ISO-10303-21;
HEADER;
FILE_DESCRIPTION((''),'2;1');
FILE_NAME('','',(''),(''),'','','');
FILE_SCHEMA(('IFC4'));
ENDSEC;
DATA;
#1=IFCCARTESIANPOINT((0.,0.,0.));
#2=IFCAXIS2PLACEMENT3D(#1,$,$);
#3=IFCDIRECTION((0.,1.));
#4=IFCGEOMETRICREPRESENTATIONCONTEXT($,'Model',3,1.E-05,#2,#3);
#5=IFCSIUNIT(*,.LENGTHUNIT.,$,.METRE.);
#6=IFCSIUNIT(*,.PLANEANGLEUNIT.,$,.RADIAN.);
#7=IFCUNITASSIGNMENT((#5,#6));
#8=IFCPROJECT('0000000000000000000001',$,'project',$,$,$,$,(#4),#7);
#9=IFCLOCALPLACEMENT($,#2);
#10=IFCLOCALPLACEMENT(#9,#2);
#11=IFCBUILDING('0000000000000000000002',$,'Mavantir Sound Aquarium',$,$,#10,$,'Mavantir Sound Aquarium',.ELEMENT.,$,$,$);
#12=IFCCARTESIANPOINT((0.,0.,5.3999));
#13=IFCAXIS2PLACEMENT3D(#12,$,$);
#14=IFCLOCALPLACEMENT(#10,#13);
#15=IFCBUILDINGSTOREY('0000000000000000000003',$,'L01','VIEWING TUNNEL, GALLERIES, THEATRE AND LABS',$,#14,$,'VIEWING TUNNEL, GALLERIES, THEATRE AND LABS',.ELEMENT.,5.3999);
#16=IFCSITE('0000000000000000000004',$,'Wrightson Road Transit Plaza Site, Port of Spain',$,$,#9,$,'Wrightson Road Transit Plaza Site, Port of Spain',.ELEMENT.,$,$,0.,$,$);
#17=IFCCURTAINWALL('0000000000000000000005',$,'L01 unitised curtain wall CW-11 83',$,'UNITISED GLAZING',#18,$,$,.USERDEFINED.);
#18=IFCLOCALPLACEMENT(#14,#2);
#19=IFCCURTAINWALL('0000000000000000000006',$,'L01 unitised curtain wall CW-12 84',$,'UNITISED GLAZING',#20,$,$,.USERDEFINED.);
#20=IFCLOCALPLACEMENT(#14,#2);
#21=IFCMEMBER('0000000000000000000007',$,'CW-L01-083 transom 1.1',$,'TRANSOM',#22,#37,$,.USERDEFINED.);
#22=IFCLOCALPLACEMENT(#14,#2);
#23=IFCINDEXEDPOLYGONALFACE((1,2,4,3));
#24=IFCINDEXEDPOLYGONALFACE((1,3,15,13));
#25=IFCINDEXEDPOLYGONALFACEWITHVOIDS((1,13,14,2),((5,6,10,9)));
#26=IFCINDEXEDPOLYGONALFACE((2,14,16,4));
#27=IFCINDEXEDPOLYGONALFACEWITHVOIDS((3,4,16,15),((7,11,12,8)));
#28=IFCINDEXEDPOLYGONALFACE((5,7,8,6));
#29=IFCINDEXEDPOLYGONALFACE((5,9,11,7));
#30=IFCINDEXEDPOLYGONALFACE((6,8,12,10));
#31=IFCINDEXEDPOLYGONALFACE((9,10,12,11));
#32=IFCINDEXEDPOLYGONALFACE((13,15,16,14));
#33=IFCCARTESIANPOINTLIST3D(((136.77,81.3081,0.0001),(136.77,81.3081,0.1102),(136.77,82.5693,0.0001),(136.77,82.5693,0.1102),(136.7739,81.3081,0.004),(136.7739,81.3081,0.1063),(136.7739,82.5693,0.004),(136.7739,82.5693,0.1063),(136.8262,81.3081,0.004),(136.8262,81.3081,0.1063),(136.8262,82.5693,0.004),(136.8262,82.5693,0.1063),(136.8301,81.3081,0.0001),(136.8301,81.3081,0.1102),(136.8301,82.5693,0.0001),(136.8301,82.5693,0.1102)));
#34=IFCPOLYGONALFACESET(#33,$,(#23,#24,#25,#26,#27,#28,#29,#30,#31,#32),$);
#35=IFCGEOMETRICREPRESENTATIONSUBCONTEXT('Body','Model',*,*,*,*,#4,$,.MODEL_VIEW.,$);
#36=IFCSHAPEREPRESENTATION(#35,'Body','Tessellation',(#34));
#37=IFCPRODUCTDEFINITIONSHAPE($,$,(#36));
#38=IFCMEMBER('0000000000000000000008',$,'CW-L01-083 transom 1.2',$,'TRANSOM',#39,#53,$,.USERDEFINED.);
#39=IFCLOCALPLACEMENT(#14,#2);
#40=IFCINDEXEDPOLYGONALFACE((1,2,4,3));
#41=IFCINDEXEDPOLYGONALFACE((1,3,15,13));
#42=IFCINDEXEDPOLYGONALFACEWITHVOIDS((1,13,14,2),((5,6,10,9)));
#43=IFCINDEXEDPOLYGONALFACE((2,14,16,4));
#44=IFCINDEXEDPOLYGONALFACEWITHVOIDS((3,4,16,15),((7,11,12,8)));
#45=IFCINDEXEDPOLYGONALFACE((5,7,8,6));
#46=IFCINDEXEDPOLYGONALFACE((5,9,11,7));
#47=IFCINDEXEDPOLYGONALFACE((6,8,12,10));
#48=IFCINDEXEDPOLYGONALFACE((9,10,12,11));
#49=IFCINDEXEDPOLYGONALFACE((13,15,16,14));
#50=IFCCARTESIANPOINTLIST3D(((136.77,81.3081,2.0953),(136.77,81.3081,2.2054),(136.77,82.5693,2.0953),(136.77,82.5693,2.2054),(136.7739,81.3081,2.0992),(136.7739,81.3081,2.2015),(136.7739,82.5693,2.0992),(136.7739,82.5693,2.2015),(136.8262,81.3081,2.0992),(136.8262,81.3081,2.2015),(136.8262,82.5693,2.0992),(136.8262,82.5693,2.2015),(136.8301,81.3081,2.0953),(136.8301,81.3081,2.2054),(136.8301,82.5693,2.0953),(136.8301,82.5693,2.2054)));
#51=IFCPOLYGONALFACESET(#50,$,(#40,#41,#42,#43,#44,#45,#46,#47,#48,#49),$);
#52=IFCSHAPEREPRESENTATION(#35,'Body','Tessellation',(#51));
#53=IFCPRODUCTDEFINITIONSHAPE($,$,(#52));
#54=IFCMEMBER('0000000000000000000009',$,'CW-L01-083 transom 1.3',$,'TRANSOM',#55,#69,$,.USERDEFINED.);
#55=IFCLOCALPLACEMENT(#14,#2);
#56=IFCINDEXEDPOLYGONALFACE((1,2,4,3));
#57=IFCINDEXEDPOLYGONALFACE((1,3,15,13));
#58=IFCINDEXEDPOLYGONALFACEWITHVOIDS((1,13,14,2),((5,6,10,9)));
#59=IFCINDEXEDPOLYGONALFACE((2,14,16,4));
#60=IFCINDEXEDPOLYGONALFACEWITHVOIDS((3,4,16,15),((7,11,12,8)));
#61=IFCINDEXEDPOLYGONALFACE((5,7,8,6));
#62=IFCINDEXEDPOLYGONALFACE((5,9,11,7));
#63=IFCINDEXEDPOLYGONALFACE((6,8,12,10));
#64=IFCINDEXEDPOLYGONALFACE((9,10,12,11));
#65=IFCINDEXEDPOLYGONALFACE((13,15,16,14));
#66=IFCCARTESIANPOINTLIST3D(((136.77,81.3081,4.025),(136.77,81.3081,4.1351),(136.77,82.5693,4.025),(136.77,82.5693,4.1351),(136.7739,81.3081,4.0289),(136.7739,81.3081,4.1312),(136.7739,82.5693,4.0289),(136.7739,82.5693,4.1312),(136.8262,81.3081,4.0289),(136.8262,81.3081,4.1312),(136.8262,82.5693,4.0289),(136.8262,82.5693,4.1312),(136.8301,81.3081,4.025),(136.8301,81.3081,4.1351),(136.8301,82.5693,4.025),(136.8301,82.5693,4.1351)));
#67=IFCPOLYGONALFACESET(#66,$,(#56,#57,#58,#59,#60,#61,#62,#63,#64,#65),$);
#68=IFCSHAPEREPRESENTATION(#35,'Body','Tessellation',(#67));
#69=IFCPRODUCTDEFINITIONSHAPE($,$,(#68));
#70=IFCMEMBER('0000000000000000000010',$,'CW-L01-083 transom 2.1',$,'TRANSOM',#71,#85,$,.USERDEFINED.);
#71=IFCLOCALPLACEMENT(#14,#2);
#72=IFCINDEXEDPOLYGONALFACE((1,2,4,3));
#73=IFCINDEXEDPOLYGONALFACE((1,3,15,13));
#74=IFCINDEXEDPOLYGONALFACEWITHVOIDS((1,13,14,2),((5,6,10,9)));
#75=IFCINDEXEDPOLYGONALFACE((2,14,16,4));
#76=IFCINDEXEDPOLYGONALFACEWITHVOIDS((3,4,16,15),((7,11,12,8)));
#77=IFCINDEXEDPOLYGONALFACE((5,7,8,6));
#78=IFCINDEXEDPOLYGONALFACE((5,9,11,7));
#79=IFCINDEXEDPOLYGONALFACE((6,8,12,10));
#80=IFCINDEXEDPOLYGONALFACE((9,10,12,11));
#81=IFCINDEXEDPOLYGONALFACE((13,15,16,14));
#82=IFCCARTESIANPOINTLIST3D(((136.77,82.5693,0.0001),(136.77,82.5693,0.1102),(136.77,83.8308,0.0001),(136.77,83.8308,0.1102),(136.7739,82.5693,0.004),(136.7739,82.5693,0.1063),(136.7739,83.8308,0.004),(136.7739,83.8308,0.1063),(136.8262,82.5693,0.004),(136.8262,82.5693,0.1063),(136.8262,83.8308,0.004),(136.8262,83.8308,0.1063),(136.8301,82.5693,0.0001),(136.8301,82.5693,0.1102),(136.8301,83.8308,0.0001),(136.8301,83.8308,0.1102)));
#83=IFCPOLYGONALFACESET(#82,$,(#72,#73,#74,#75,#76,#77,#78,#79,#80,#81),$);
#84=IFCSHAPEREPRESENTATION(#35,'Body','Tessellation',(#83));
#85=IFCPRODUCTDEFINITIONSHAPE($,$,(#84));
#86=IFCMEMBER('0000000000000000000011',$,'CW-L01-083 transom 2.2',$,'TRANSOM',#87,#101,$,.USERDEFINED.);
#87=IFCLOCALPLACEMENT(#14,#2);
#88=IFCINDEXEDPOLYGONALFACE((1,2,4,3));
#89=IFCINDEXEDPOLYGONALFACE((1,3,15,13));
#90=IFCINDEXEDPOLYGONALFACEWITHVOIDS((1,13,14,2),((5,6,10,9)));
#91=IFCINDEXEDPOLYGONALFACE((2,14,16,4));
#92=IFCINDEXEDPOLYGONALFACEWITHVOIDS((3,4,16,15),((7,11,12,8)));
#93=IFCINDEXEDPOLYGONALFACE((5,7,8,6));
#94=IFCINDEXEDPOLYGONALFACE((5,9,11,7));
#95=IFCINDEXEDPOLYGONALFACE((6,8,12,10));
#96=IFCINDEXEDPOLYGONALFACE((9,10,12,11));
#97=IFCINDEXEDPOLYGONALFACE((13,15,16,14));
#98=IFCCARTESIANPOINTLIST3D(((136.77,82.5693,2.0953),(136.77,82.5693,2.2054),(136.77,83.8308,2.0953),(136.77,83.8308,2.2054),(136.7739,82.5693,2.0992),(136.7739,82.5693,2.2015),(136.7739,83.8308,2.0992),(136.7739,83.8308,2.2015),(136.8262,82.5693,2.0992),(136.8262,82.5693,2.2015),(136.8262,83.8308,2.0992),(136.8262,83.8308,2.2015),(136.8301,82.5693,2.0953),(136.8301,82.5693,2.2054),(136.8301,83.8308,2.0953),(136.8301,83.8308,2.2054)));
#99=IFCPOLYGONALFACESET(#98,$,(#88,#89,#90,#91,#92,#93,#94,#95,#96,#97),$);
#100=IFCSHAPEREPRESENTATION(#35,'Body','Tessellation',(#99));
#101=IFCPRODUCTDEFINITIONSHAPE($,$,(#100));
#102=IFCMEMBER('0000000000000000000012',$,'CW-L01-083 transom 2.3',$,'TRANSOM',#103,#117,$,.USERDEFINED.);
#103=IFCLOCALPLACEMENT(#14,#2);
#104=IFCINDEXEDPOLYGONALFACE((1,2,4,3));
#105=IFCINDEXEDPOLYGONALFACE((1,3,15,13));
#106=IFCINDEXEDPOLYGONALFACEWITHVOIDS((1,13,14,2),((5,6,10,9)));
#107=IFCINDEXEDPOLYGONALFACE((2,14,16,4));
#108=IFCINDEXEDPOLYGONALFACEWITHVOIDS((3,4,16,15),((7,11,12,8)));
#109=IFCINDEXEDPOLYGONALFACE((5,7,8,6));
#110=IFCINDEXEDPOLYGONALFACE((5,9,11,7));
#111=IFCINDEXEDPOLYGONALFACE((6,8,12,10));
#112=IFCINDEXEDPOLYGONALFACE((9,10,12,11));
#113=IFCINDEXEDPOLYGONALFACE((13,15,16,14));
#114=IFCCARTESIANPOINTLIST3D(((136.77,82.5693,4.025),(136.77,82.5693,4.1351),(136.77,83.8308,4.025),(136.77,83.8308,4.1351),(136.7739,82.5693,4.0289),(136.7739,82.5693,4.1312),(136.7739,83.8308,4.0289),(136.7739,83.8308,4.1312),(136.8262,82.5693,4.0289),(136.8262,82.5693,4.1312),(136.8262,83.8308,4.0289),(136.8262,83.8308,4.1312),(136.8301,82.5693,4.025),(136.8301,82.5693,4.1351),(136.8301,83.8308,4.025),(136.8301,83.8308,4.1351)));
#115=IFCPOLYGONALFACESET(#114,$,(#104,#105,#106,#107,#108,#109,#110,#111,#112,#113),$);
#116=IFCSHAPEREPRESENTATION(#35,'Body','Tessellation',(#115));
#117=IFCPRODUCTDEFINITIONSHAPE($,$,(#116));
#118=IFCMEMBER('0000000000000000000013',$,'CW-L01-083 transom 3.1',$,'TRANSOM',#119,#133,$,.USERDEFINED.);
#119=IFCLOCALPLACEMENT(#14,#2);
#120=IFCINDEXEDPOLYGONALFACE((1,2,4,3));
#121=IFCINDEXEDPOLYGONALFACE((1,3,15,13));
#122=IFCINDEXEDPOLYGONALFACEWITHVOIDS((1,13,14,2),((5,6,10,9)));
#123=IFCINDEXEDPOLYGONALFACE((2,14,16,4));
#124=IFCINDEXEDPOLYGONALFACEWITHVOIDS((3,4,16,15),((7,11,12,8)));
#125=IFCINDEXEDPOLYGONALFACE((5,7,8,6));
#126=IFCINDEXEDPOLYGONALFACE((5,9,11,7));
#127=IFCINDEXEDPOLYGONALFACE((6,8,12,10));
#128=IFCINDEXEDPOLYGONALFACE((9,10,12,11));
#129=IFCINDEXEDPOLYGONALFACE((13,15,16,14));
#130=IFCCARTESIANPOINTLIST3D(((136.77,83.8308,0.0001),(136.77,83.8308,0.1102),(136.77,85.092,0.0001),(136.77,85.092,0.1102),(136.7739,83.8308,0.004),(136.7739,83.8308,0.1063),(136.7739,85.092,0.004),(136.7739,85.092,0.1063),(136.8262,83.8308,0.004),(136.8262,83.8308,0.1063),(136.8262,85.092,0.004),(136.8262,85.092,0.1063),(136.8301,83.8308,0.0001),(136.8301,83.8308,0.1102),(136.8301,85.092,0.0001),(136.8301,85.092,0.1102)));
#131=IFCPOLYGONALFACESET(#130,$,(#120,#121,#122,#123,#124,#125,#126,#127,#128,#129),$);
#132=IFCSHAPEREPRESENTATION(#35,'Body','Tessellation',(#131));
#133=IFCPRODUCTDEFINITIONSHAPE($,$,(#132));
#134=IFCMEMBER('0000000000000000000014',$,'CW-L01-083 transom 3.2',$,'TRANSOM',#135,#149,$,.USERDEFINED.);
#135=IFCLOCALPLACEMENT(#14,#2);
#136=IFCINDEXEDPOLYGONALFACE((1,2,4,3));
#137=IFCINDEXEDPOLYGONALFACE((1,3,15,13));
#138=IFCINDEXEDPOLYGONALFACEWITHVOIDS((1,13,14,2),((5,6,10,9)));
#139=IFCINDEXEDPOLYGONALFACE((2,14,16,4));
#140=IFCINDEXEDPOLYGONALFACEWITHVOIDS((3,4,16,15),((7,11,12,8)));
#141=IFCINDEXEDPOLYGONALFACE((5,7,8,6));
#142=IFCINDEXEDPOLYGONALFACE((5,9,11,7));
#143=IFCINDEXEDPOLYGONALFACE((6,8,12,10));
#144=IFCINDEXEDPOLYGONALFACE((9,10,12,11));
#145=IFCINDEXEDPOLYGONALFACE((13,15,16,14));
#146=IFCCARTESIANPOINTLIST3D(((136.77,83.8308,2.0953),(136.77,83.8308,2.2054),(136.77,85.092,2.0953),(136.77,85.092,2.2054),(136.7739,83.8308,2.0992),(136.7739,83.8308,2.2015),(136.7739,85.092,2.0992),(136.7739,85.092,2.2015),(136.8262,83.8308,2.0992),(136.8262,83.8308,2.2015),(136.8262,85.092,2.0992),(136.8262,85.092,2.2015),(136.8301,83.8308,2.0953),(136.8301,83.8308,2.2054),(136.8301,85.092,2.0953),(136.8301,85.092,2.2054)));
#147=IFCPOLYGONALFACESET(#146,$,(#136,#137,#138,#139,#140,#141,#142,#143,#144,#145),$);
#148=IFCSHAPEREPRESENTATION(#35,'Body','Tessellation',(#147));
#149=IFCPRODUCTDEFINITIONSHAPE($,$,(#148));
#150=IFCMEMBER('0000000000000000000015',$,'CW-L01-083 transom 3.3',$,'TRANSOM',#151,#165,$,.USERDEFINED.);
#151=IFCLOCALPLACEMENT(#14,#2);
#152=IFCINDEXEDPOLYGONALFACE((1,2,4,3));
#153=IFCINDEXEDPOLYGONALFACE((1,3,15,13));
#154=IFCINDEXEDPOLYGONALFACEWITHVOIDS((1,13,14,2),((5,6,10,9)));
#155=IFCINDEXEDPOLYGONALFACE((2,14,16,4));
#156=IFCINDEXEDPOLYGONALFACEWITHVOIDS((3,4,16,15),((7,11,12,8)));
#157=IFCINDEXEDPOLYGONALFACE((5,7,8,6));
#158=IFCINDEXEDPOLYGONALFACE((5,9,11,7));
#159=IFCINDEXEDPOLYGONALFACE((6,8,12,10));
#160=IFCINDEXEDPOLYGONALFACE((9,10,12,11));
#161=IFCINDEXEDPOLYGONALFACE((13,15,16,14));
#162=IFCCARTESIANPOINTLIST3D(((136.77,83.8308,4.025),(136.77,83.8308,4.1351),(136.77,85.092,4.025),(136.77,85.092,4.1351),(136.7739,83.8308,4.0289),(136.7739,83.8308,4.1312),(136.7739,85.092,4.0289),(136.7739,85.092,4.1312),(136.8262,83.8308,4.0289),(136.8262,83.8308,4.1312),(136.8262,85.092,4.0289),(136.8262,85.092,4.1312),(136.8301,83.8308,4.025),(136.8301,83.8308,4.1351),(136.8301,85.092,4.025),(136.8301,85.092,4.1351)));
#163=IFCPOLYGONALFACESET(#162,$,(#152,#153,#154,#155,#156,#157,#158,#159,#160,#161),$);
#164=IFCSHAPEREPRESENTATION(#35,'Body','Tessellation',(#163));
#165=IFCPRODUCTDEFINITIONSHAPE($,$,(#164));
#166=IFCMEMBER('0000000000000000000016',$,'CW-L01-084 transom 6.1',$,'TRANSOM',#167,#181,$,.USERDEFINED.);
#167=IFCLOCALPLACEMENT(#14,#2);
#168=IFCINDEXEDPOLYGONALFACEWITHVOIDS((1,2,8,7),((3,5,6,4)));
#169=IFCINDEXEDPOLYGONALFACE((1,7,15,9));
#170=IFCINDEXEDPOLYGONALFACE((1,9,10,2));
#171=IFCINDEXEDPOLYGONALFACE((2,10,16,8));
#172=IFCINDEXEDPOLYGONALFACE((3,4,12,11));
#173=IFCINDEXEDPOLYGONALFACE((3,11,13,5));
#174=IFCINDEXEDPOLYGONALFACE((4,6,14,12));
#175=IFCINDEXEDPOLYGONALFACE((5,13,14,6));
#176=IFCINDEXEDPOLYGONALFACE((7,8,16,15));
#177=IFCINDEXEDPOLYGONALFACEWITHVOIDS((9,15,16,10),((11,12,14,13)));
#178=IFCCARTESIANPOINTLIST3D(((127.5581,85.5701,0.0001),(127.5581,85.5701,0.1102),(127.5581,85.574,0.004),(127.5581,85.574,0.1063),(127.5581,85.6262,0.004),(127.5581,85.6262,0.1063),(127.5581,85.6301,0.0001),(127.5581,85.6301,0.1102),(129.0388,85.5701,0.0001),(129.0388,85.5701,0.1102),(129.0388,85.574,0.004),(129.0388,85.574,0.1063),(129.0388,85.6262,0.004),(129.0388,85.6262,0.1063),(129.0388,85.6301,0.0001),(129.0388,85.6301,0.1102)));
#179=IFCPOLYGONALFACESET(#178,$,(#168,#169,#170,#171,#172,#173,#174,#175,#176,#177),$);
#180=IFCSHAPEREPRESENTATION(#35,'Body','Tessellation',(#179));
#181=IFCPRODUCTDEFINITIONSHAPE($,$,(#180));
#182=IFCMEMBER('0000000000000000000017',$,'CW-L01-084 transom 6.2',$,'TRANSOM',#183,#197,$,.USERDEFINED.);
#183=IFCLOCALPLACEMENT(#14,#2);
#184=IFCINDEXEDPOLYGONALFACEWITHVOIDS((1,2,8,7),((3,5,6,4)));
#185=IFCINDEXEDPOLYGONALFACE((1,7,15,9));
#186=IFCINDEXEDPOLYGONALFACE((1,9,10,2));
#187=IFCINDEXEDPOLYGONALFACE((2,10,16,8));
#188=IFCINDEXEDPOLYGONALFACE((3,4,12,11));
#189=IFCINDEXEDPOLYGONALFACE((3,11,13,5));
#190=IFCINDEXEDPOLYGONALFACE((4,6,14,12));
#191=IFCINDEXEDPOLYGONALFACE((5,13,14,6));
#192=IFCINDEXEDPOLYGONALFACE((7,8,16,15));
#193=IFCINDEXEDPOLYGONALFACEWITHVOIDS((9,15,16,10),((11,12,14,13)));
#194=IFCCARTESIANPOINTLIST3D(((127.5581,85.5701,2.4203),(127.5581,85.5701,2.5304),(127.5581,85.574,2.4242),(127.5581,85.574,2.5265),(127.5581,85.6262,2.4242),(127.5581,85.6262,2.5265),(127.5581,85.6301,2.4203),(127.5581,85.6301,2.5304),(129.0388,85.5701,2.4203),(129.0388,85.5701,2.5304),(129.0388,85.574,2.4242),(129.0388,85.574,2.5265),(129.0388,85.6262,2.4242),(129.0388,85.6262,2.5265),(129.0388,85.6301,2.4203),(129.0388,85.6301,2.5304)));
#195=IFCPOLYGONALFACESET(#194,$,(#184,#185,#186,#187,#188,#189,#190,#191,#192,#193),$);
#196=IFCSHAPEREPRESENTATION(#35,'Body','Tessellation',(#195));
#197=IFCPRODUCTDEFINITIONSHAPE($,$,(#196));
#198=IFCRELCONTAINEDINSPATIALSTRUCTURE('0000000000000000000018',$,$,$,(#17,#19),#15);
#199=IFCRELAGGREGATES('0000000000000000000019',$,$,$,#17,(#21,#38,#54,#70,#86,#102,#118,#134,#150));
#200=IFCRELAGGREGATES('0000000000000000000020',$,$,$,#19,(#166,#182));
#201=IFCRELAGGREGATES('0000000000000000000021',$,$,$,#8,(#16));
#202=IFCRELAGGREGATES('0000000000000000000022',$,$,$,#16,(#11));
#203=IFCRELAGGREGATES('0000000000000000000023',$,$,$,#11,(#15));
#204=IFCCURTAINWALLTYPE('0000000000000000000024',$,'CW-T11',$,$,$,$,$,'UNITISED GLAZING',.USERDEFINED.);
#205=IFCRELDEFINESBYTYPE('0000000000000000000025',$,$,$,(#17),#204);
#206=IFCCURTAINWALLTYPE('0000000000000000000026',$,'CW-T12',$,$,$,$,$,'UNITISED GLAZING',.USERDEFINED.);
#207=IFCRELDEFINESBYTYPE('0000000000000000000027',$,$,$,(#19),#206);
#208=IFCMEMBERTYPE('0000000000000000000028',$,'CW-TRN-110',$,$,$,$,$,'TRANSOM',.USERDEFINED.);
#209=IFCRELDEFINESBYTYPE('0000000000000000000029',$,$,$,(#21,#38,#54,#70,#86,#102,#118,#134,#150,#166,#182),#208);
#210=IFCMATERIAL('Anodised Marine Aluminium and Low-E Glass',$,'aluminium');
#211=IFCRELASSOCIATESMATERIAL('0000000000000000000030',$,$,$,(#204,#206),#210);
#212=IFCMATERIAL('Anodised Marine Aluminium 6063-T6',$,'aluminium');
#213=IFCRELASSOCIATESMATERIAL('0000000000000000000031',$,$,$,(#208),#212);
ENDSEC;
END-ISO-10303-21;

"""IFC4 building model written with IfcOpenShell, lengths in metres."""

from ifc_helpers import new_model, si_unit, direction, frame, origin, origin_2d, place, context, subcontext, project, spatial, hollow_rectangle, extrude, material, material_profile, profile_set, type_object, element, aggregate, save


model = new_model("IFC4")

# Units and contexts
model_context = context("Model", 3, precision=1e-05, world=origin(), true_north=direction((0.0, 1.0)))
body_context = subcontext(model_context, "Body", "Model", "MODEL_VIEW")
ifc_project = project(units=[si_unit("LENGTHUNIT", "METRE"), si_unit("PLANEANGLEUNIT", "RADIAN")], contexts=[model_context])

# Site, building, storey
site_placement = place(None, origin())
site = spatial("IfcSite", under=ifc_project, at=site_placement, Name="Wrightson Road Transit Plaza Site, Port of Spain", LongName="Wrightson Road Transit Plaza Site, Port of Spain", CompositionType="ELEMENT", RefElevation=0.0)
building_placement = place(site_placement, origin())
building = spatial("IfcBuilding", under=site, at=building_placement, Name="Mavantir Sound Aquarium", LongName="Mavantir Sound Aquarium", CompositionType="ELEMENT")
storey_placement = place(building_placement, frame((0.0, 0.0, 5.3999)))
storey = spatial("IfcBuildingStorey", under=building, at=storey_placement, Name="L01", Description="VIEWING TUNNEL, GALLERIES, THEATRE AND LABS", LongName="VIEWING TUNNEL, GALLERIES, THEATRE AND LABS", CompositionType="ELEMENT", Elevation=5.3999)

# Curtain walls
ifc_material_1 = material(Name="Anodised Marine Aluminium and Low-E Glass", Category="aluminium")
curtain_wall_type_1 = type_object("IfcCurtainWallType", Name="CW-T11", ElementType="UNITISED GLAZING", PredefinedType="USERDEFINED", material=ifc_material_1)
curtain_wall_1_placement = place(storey_placement, origin())
curtain_wall_1 = element("IfcCurtainWall", 1, at=curtain_wall_1_placement, inside=storey, type_object=curtain_wall_type_1, Name="L01 unitised curtain wall CW-11 83", ObjectType="UNITISED GLAZING", PredefinedType="USERDEFINED")
ifc_material_2 = material(Name="Anodised Marine Aluminium 6063-T6", Category="aluminium")
curtain_wall_type_2 = type_object("IfcCurtainWallType", Name="CW-T12", ElementType="UNITISED GLAZING", PredefinedType="USERDEFINED", material=ifc_material_1)
curtain_wall_2_placement = place(storey_placement, origin())
curtain_wall_2 = element("IfcCurtainWall", 2, at=curtain_wall_2_placement, inside=storey, type_object=curtain_wall_type_2, Name="L01 unitised curtain wall CW-12 84", ObjectType="UNITISED GLAZING", PredefinedType="USERDEFINED")

# Members
ifc_material_profile_1 = material_profile(ifc_material_2, hollow_rectangle(XDim=0.0601, YDim=0.1101, WallThickness=0.0039, at=origin_2d()), Name="ALU-TRANSOM-110X60")
ifc_profile_set_1 = profile_set([ifc_material_profile_1], Name="Anodised Marine Aluminium 6063-T6")
member_type_1 = type_object("IfcMemberType", Name="CW-TRN-110", ElementType="TRANSOM", PredefinedType="USERDEFINED", material=ifc_profile_set_1)
member_1_placement = place(storey_placement, frame((136.8, 81.3081, 0.0552), z_axis=(0.0, 1.0, 0.0), x_axis=(-1.0, 0.0, 0.0)))
member_1 = element("IfcMember", 3, at=member_1_placement, type_object=member_type_1, Name="CW-L01-083 transom 1.1", ObjectType="TRANSOM", PredefinedType="USERDEFINED", context=body_context, shape_type="SweptSolid", body=[
    extrude(hollow_rectangle(XDim=0.0601, YDim=0.1101, WallThickness=0.0039, at=origin_2d()), origin(), (0.0, 0.0, 1.0), 1.2612),
])
member_2_placement = place(storey_placement, frame((136.8, 81.3081, 2.1504), z_axis=(0.0, 1.0, 0.0), x_axis=(-1.0, 0.0, 0.0)))
member_2 = element("IfcMember", 4, at=member_2_placement, type_object=member_type_1, Name="CW-L01-083 transom 1.2", ObjectType="TRANSOM", PredefinedType="USERDEFINED", context=body_context, shape_type="SweptSolid", body=[
    extrude(hollow_rectangle(XDim=0.0601, YDim=0.1101, WallThickness=0.0039, at=origin_2d()), origin(), (0.0, 0.0, 1.0), 1.2612),
])
member_3_placement = place(storey_placement, frame((136.8, 81.3081, 4.0801), z_axis=(0.0, 1.0, 0.0), x_axis=(-1.0, 0.0, 0.0)))
member_3 = element("IfcMember", 5, at=member_3_placement, type_object=member_type_1, Name="CW-L01-083 transom 1.3", ObjectType="TRANSOM", PredefinedType="USERDEFINED", context=body_context, shape_type="SweptSolid", body=[
    extrude(hollow_rectangle(XDim=0.0601, YDim=0.1101, WallThickness=0.0039, at=origin_2d()), origin(), (0.0, 0.0, 1.0), 1.2612),
])
member_4_placement = place(storey_placement, frame((136.8, 82.5693, 0.0552), z_axis=(0.0, 1.0, 0.0), x_axis=(-1.0, 0.0, 0.0)))
member_4 = element("IfcMember", 6, at=member_4_placement, type_object=member_type_1, Name="CW-L01-083 transom 2.1", ObjectType="TRANSOM", PredefinedType="USERDEFINED", context=body_context, shape_type="SweptSolid", body=[
    extrude(hollow_rectangle(XDim=0.0601, YDim=0.1101, WallThickness=0.0039, at=origin_2d()), origin(), (0.0, 0.0, 1.0), 1.2615),
])
member_5_placement = place(storey_placement, frame((136.8, 82.5693, 2.1504), z_axis=(0.0, 1.0, 0.0), x_axis=(-1.0, 0.0, 0.0)))
member_5 = element("IfcMember", 7, at=member_5_placement, type_object=member_type_1, Name="CW-L01-083 transom 2.2", ObjectType="TRANSOM", PredefinedType="USERDEFINED", context=body_context, shape_type="SweptSolid", body=[
    extrude(hollow_rectangle(XDim=0.0601, YDim=0.1101, WallThickness=0.0039, at=origin_2d()), origin(), (0.0, 0.0, 1.0), 1.2615),
])
member_6_placement = place(storey_placement, frame((136.8, 82.5693, 4.0801), z_axis=(0.0, 1.0, 0.0), x_axis=(-1.0, 0.0, 0.0)))
member_6 = element("IfcMember", 8, at=member_6_placement, type_object=member_type_1, Name="CW-L01-083 transom 2.3", ObjectType="TRANSOM", PredefinedType="USERDEFINED", context=body_context, shape_type="SweptSolid", body=[
    extrude(hollow_rectangle(XDim=0.0601, YDim=0.1101, WallThickness=0.0039, at=origin_2d()), origin(), (0.0, 0.0, 1.0), 1.2615),
])
member_7_placement = place(storey_placement, frame((136.8, 83.8308, 0.0552), z_axis=(0.0, 1.0, 0.0), x_axis=(-1.0, 0.0, 0.0)))
member_7 = element("IfcMember", 9, at=member_7_placement, type_object=member_type_1, Name="CW-L01-083 transom 3.1", ObjectType="TRANSOM", PredefinedType="USERDEFINED", context=body_context, shape_type="SweptSolid", body=[
    extrude(hollow_rectangle(XDim=0.0601, YDim=0.1101, WallThickness=0.0039, at=origin_2d()), origin(), (0.0, 0.0, 1.0), 1.2612),
])
member_8_placement = place(storey_placement, frame((136.8, 83.8308, 2.1504), z_axis=(0.0, 1.0, 0.0), x_axis=(-1.0, 0.0, 0.0)))
member_8 = element("IfcMember", 10, at=member_8_placement, type_object=member_type_1, Name="CW-L01-083 transom 3.2", ObjectType="TRANSOM", PredefinedType="USERDEFINED", context=body_context, shape_type="SweptSolid", body=[
    extrude(hollow_rectangle(XDim=0.0601, YDim=0.1101, WallThickness=0.0039, at=origin_2d()), origin(), (0.0, 0.0, 1.0), 1.2612),
])
member_9_placement = place(storey_placement, frame((136.8, 83.8308, 4.0801), z_axis=(0.0, 1.0, 0.0), x_axis=(-1.0, 0.0, 0.0)))
member_9 = element("IfcMember", 11, at=member_9_placement, type_object=member_type_1, Name="CW-L01-083 transom 3.3", ObjectType="TRANSOM", PredefinedType="USERDEFINED", context=body_context, shape_type="SweptSolid", body=[
    extrude(hollow_rectangle(XDim=0.0601, YDim=0.1101, WallThickness=0.0039, at=origin_2d()), origin(), (0.0, 0.0, 1.0), 1.2612),
])
member_10_placement = place(storey_placement, frame((129.0388, 85.6001, 0.0552), z_axis=(-1.0, 0.0, 0.0), x_axis=(0.0, -1.0, 0.0)))
member_10 = element("IfcMember", 12, at=member_10_placement, type_object=member_type_1, Name="CW-L01-084 transom 6.1", ObjectType="TRANSOM", PredefinedType="USERDEFINED", context=body_context, shape_type="SweptSolid", body=[
    extrude(hollow_rectangle(XDim=0.0601, YDim=0.1101, WallThickness=0.0039, at=origin_2d()), origin(), (0.0, 0.0, 1.0), 1.4807),
])
member_11_placement = place(storey_placement, frame((129.0388, 85.6001, 2.4753), z_axis=(-1.0, 0.0, 0.0), x_axis=(0.0, -1.0, 0.0)))
member_11 = element("IfcMember", 13, at=member_11_placement, type_object=member_type_1, Name="CW-L01-084 transom 6.2", ObjectType="TRANSOM", PredefinedType="USERDEFINED", context=body_context, shape_type="SweptSolid", body=[
    extrude(hollow_rectangle(XDim=0.0601, YDim=0.1101, WallThickness=0.0039, at=origin_2d()), origin(), (0.0, 0.0, 1.0), 1.4807),
])

aggregate(curtain_wall_1, [member_1, member_2, member_3, member_4, member_5, member_6, member_7, member_8, member_9])
aggregate(curtain_wall_2, [member_10, member_11])

save(model, "model.ifc")
